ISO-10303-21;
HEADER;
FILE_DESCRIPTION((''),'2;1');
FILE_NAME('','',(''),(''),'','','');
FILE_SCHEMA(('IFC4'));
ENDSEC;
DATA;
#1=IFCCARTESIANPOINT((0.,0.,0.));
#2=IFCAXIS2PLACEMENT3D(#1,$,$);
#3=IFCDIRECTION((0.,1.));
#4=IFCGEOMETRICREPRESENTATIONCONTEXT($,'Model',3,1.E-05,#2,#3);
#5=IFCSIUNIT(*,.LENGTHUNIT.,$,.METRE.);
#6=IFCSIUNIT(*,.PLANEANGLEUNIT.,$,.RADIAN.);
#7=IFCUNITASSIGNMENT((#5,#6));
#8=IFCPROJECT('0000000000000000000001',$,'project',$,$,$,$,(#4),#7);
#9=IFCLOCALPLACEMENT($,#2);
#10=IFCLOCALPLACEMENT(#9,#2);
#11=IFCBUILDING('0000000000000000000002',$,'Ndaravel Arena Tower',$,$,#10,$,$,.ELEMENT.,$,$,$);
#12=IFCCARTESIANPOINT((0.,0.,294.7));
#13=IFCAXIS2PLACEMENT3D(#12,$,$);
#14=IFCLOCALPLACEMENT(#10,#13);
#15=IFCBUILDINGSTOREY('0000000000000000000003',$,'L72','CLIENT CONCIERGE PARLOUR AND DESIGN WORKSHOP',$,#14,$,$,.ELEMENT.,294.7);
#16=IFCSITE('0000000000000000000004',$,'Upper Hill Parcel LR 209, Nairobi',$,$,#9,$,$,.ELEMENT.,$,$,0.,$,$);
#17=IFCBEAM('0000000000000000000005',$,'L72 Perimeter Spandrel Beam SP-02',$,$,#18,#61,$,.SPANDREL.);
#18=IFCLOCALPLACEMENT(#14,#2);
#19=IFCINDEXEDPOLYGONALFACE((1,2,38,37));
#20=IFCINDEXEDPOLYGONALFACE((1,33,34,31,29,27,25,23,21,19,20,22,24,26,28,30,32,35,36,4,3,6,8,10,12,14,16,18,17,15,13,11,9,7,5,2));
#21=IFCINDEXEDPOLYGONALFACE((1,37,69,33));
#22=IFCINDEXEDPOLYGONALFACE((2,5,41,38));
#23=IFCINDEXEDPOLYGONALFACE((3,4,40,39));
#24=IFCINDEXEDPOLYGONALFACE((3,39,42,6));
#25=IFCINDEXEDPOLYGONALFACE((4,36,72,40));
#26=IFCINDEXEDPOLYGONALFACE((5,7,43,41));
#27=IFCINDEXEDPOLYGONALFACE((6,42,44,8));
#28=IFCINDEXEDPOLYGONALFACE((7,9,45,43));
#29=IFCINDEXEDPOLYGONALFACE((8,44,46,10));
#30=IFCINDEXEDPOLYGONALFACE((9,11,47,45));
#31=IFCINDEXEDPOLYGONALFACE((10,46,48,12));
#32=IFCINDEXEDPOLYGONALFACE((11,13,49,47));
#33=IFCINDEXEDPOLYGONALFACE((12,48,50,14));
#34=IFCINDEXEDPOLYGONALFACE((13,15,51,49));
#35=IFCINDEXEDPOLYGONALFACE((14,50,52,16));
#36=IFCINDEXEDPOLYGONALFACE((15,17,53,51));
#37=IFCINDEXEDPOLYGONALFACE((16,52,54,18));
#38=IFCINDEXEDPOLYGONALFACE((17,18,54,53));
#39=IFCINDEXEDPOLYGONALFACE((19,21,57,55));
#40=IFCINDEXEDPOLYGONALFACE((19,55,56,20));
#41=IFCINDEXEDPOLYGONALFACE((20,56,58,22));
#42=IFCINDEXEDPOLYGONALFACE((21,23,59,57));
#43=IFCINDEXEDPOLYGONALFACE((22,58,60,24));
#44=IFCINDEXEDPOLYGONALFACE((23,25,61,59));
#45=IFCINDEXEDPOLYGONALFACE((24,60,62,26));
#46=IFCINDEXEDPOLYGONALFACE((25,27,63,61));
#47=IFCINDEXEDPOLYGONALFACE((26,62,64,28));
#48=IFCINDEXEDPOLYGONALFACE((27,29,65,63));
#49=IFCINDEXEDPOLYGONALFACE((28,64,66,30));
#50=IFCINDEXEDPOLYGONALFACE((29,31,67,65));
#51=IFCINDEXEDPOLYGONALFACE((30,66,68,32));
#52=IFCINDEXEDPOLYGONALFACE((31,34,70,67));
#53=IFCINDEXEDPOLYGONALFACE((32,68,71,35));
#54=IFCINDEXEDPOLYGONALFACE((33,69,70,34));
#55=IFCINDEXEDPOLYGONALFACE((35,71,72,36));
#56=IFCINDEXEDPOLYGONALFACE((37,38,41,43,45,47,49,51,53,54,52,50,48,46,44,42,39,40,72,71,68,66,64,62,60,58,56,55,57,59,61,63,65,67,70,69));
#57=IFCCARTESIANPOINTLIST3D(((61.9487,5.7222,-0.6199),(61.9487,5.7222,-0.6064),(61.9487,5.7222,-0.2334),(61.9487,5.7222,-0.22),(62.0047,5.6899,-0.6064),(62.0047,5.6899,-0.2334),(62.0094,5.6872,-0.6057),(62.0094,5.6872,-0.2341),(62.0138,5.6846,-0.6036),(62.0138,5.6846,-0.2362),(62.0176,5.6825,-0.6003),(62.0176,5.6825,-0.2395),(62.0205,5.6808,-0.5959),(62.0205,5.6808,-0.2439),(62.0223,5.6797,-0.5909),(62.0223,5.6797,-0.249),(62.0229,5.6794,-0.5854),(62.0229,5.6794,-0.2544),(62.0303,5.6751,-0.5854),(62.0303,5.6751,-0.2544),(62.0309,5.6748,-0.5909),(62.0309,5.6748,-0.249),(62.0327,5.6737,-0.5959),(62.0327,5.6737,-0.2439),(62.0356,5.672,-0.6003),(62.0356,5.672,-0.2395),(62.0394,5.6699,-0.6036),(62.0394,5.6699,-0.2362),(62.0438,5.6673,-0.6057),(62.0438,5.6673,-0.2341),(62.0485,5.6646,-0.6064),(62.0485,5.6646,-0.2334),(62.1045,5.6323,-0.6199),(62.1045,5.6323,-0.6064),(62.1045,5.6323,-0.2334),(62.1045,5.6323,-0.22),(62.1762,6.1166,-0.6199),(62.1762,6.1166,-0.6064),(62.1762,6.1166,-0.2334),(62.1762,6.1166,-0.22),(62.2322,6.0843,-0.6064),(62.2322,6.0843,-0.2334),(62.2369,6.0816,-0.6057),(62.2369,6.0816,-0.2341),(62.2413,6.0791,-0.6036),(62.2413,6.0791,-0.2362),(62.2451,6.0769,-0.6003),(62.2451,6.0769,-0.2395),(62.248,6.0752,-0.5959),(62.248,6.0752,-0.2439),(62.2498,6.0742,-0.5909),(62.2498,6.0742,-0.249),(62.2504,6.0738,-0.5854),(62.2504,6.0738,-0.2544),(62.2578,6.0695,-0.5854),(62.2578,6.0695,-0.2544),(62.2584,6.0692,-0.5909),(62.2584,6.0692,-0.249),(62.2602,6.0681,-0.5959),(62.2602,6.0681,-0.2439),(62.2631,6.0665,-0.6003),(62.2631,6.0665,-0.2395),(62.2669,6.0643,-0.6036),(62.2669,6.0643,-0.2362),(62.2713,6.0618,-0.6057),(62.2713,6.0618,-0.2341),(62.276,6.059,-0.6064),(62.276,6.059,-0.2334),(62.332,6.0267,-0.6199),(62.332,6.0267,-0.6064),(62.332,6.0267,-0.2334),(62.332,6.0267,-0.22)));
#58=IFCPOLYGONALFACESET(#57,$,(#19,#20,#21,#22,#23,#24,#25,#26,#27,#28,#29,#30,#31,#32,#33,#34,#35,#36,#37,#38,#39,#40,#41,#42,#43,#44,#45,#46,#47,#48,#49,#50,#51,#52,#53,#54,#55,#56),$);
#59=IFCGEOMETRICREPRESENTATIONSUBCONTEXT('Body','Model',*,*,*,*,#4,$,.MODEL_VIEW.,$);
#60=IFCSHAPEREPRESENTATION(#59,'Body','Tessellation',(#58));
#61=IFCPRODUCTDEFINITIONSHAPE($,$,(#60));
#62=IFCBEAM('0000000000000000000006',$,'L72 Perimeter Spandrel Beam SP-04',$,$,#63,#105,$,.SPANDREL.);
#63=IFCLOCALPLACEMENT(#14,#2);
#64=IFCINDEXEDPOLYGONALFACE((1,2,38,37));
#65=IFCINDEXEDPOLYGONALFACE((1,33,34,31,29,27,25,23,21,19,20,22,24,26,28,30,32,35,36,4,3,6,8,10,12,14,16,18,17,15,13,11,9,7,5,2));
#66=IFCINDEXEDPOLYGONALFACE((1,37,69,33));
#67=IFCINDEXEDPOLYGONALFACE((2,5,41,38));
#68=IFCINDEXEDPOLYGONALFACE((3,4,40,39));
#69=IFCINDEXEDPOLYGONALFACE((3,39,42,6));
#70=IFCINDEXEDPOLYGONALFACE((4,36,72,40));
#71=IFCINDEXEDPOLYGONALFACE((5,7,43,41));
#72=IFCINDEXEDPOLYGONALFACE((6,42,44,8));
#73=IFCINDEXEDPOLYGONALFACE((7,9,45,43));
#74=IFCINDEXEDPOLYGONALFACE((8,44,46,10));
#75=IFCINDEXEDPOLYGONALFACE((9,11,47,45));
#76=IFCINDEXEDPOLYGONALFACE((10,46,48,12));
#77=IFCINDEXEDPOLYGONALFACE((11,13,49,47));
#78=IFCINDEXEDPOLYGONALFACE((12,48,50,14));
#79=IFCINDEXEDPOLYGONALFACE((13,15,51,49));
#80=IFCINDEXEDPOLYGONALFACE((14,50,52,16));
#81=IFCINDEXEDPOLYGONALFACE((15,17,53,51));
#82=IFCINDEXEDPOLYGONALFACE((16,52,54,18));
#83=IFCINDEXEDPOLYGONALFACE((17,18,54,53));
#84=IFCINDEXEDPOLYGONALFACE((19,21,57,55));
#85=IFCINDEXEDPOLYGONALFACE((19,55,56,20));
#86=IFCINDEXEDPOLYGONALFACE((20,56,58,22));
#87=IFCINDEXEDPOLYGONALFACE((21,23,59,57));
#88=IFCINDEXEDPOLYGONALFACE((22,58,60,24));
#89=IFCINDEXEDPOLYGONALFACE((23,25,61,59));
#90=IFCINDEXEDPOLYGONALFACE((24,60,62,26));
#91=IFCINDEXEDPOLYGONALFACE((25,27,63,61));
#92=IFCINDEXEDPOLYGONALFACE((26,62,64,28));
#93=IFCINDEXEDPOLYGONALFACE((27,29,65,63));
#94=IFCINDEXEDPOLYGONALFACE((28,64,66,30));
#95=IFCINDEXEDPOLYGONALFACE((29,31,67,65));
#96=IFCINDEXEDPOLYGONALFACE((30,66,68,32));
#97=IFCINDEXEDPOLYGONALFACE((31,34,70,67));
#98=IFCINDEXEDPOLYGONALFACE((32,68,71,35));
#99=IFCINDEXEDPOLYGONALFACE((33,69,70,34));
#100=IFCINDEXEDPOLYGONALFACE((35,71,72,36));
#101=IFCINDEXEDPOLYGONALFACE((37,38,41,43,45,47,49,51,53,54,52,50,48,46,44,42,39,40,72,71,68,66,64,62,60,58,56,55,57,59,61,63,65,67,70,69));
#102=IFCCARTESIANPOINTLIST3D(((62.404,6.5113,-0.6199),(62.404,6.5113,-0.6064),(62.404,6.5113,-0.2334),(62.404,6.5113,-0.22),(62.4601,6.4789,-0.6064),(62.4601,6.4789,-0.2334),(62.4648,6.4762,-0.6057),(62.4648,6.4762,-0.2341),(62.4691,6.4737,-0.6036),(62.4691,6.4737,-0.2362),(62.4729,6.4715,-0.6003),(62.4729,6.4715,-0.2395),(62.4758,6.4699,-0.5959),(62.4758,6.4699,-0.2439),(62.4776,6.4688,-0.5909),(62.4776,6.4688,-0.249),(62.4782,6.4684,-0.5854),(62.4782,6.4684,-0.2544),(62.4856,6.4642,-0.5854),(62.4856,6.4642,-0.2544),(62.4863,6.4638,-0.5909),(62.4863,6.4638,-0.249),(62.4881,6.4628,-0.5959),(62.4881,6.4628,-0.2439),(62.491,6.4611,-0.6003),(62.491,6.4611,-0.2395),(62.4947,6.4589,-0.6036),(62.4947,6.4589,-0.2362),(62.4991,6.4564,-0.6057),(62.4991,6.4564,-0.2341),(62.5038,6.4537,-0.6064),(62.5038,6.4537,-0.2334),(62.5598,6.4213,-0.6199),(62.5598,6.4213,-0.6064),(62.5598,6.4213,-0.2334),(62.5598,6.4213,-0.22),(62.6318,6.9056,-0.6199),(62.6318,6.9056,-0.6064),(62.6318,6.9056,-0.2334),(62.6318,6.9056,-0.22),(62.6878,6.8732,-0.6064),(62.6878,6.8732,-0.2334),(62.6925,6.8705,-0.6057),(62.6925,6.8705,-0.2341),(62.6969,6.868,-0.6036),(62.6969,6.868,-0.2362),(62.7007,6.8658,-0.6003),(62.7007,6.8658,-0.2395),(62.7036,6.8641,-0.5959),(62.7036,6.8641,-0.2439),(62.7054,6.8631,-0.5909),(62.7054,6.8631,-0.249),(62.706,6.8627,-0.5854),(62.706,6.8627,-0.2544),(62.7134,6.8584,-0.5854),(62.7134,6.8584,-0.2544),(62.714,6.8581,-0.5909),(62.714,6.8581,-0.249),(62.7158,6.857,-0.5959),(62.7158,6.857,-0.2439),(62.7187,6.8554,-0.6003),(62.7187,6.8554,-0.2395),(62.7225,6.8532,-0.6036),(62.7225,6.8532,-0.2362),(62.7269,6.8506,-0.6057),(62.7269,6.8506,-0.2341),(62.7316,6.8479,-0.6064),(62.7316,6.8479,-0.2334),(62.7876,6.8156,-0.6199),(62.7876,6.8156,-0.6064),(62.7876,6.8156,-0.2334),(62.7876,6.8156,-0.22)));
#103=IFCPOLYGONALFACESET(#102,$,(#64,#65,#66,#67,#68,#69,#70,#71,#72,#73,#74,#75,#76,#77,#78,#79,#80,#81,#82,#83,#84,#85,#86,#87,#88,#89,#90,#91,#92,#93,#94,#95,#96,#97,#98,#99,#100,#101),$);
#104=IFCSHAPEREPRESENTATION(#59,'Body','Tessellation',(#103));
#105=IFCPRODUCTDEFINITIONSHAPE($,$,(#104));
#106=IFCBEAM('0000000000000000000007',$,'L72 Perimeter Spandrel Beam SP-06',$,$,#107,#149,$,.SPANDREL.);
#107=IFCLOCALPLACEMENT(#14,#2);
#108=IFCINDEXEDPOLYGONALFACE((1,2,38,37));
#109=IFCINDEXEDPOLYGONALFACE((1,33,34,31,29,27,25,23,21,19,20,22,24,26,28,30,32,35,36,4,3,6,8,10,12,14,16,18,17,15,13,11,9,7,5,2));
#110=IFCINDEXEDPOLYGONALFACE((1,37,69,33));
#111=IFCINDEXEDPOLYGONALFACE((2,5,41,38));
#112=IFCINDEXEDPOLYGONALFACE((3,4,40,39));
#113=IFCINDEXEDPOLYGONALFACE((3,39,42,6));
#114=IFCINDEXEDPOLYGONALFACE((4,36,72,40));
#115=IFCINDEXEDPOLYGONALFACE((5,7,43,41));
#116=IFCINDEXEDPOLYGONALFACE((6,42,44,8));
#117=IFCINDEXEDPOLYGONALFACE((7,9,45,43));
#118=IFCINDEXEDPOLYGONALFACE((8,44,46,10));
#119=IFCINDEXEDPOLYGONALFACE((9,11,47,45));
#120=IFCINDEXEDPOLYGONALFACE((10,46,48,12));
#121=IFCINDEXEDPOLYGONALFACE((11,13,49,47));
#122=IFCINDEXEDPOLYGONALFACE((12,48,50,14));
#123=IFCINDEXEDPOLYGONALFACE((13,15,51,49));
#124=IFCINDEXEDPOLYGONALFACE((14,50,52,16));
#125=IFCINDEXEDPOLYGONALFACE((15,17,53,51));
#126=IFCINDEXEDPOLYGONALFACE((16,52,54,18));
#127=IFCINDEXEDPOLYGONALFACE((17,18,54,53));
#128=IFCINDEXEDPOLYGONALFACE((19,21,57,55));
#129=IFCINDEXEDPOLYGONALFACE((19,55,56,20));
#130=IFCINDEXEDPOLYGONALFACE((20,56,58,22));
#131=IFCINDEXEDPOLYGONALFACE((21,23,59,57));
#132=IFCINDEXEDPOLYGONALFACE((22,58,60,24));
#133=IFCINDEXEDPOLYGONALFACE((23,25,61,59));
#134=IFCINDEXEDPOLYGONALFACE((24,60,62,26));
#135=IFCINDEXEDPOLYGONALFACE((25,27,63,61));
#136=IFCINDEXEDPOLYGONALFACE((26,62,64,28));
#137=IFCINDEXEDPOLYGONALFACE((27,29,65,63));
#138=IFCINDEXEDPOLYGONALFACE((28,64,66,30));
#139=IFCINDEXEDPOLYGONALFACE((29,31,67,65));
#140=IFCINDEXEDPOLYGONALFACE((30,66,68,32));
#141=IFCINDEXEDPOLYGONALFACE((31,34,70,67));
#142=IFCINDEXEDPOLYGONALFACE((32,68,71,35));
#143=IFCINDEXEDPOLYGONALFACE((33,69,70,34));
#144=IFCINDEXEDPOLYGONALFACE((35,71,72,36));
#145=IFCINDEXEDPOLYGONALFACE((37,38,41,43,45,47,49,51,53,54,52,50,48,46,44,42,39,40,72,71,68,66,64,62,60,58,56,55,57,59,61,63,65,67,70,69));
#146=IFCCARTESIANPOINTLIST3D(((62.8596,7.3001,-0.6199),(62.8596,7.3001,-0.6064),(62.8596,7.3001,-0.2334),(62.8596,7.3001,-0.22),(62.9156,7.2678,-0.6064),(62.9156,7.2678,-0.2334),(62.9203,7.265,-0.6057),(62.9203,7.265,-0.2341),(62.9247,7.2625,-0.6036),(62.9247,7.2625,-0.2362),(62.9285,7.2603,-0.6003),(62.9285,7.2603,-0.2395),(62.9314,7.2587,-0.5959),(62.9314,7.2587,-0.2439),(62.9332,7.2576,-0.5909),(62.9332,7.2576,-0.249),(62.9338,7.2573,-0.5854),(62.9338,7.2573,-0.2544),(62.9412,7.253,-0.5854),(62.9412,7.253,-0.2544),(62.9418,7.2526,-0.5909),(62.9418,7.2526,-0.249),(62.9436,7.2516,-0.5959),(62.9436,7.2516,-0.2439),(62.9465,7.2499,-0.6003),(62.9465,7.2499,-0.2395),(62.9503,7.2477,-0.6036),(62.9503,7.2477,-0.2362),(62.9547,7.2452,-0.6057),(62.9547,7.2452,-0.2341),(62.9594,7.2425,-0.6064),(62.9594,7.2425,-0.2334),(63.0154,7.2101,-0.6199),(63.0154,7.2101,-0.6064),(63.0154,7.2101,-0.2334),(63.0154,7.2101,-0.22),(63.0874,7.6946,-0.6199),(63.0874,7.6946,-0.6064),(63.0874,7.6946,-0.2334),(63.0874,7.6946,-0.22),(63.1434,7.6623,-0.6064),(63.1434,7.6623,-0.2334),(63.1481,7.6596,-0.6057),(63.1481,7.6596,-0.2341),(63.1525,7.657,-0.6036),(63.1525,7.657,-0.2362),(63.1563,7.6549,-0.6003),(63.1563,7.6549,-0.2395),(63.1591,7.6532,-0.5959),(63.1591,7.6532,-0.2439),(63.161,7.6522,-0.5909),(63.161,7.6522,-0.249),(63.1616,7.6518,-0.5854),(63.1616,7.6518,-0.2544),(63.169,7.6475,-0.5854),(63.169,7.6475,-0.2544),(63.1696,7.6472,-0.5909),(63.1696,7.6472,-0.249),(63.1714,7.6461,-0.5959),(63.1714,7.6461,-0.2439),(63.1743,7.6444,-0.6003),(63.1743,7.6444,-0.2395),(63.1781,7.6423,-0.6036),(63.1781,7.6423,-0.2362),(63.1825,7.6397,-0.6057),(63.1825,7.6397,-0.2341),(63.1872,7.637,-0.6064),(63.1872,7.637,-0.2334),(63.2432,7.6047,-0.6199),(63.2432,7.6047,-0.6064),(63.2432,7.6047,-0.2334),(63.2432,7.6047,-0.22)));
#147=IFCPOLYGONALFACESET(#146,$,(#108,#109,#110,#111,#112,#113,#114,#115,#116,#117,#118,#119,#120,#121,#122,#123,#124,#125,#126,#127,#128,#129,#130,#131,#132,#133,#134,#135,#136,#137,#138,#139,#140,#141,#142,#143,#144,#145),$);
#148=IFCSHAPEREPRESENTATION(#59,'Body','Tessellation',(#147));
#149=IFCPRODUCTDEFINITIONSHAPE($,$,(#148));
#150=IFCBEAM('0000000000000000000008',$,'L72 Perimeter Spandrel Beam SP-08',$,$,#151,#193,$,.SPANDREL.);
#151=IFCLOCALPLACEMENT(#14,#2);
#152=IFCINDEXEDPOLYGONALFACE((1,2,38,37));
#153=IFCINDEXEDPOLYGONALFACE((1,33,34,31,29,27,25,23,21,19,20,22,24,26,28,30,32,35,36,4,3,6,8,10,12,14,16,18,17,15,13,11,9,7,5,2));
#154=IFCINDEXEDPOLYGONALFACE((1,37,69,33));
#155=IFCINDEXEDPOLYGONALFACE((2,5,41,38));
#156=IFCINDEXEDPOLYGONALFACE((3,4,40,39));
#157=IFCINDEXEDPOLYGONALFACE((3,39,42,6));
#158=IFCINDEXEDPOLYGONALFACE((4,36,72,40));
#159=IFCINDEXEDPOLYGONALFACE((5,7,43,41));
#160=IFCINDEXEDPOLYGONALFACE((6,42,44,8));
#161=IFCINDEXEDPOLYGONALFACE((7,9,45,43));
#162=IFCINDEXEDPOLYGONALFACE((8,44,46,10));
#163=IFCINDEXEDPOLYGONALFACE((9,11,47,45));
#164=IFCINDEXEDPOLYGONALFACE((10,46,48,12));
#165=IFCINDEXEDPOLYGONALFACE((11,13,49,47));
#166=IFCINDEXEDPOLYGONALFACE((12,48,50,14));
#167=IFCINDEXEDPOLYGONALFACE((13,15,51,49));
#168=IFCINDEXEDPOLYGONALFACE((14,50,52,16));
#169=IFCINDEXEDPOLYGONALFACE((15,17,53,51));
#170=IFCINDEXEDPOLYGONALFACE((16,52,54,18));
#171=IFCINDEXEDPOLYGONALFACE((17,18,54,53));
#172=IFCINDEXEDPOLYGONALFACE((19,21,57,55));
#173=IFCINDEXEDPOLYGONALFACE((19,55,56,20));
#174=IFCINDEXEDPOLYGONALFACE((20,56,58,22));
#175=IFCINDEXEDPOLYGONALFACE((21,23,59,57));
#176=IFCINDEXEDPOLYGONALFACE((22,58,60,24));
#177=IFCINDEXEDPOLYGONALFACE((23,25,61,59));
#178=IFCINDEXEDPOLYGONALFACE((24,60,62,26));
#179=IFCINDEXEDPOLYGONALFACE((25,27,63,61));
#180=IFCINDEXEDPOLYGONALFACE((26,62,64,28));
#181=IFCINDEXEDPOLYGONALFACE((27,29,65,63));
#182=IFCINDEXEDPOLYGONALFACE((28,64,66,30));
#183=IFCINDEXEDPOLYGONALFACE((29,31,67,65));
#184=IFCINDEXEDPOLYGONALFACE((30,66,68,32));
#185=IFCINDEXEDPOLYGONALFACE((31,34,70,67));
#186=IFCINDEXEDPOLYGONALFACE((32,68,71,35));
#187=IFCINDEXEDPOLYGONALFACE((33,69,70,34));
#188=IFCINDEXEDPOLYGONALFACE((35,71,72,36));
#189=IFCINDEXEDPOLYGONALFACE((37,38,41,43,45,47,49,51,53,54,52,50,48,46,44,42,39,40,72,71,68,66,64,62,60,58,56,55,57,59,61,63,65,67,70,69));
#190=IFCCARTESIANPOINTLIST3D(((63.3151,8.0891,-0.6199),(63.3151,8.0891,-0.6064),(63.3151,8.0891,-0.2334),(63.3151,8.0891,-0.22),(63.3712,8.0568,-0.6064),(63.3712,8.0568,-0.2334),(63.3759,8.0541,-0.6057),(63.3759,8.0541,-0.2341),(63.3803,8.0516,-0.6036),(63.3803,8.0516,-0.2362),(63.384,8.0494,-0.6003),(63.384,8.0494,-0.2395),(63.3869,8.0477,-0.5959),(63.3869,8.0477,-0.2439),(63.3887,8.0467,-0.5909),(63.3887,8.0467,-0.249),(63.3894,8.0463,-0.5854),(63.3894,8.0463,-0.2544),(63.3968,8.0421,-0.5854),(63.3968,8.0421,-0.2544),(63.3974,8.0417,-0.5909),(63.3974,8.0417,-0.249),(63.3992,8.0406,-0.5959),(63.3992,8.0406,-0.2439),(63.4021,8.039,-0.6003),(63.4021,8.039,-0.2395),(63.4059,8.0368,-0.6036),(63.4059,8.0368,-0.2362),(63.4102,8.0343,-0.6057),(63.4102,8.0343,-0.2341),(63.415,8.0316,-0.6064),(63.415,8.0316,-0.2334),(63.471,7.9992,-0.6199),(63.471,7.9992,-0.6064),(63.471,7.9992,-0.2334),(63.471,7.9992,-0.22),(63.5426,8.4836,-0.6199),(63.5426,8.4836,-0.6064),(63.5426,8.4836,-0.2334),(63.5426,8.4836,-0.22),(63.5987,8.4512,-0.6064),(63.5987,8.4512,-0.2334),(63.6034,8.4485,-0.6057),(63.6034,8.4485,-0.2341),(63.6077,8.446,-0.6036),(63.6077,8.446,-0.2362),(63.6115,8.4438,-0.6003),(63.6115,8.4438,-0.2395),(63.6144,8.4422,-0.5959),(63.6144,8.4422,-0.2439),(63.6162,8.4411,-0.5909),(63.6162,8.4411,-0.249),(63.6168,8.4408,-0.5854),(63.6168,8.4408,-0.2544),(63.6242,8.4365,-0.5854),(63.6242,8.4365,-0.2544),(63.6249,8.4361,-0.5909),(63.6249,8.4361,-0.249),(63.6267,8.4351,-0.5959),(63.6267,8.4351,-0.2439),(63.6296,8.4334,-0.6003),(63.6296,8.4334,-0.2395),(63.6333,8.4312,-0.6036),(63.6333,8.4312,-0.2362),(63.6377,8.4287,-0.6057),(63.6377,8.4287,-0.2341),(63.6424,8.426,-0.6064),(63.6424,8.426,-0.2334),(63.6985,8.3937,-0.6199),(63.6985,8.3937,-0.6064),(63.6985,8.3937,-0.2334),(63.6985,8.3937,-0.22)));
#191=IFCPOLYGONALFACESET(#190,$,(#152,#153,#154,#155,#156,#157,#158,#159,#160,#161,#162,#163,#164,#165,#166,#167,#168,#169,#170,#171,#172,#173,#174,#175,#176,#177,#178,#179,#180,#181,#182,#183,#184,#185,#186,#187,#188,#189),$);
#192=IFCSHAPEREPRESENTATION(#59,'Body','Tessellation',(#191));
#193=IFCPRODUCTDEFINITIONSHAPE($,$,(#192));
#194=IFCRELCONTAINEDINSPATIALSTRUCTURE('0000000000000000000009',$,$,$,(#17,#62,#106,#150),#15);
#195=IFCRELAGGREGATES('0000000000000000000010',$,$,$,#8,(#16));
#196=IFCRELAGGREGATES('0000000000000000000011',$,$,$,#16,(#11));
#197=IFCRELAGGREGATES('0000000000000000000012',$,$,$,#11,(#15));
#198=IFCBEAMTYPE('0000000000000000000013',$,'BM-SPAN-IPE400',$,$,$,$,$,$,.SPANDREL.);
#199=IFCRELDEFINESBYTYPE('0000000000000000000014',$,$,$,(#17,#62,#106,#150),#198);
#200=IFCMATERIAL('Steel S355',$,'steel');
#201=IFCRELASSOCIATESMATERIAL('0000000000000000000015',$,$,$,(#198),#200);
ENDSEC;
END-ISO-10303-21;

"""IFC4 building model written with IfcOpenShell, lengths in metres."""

from ifc_helpers import new_model, si_unit, direction, frame, origin, origin_2d, place, context, subcontext, project, spatial, i_section, extrude, material, material_profile, profile_set, type_object, element, save


model = new_model("IFC4")

# Units and contexts
model_context = context("Model", 3, precision=1e-05, world=origin(), true_north=direction((0.0, 1.0)))
body_context = subcontext(model_context, "Body", "Model", "MODEL_VIEW")
ifc_project = project(units=[si_unit("LENGTHUNIT", "METRE"), si_unit("PLANEANGLEUNIT", "RADIAN")], contexts=[model_context])

# Site, building, storey
site_placement = place(None, origin())
site = spatial("IfcSite", under=ifc_project, at=site_placement, Name="Upper Hill Parcel LR 209, Nairobi", CompositionType="ELEMENT", RefElevation=0.0)
building_placement = place(site_placement, origin())
building = spatial("IfcBuilding", under=site, at=building_placement, Name="Ndaravel Arena Tower", CompositionType="ELEMENT")
storey_placement = place(building_placement, frame((0.0, 0.0, 294.7)))
storey = spatial("IfcBuildingStorey", under=building, at=storey_placement, Name="L72", Description="CLIENT CONCIERGE PARLOUR AND DESIGN WORKSHOP", CompositionType="ELEMENT", Elevation=294.7)

# Beams
ifc_material_1 = material(Name="Steel S355", Category="steel")
ifc_material_profile_1 = material_profile(ifc_material_1, i_section(OverallWidth=0.1799, OverallDepth=0.3999, WebThickness=0.0085, FlangeThickness=0.0134, FilletRadius=0.021, at=origin_2d()), Name="IPE 400")
ifc_profile_set_1 = profile_set([ifc_material_profile_1], Name="Steel S355")
beam_type = type_object("IfcBeamType", Name="BM-SPAN-IPE400", PredefinedType="SPANDREL", material=ifc_profile_set_1)
for number, where, z_axis, x_axis, name in (
    (1, (62.0266, 5.6772, -0.4199), (0.499599, 0.866257, 0.0), (-0.866257, 0.499599, 0.0), "L72 Perimeter Spandrel Beam SP-02"),
    (2, (62.4819, 6.4663, -0.4199), (0.500233, 0.865891, 0.0), (-0.865891, 0.500233, 0.0), "L72 Perimeter Spandrel Beam SP-04"),
):
    element("IfcBeam", number, at=place(storey_placement, frame(where, z_axis=z_axis, x_axis=x_axis)), inside=storey, type_object=beam_type, Name=name, PredefinedType="SPANDREL", context=body_context, shape_type="SweptSolid", body=[
        extrude(i_section(OverallWidth=0.1799, OverallDepth=0.3999, WebThickness=0.0085, FlangeThickness=0.0134, FilletRadius=0.021, at=origin_2d()), origin(), (0.0, 0.0, 1.0), 0.4553),
    ])
beam_1_placement = place(storey_placement, frame((62.9375, 7.2551, -0.4199), z_axis=(0.500001, 0.866025, 0.0), x_axis=(-0.866025, 0.500001, 0.0)))
element("IfcBeam", 3, at=beam_1_placement, inside=storey, type_object=beam_type, Name="L72 Perimeter Spandrel Beam SP-06", PredefinedType="SPANDREL", context=body_context, shape_type="SweptSolid", body=[
    extrude(i_section(OverallWidth=0.1799, OverallDepth=0.3999, WebThickness=0.0085, FlangeThickness=0.0134, FilletRadius=0.021, at=origin_2d()), origin(), (0.0, 0.0, 1.0), 0.4556),
])
beam_2_placement = place(storey_placement, frame((63.3931, 8.0442, -0.4199), z_axis=(0.499599, 0.866257, 0.0), x_axis=(-0.866257, 0.499599, 0.0)))
element("IfcBeam", 4, at=beam_2_placement, inside=storey, type_object=beam_type, Name="L72 Perimeter Spandrel Beam SP-08", PredefinedType="SPANDREL", context=body_context, shape_type="SweptSolid", body=[
    extrude(i_section(OverallWidth=0.1799, OverallDepth=0.3999, WebThickness=0.0085, FlangeThickness=0.0134, FilletRadius=0.021, at=origin_2d()), origin(), (0.0, 0.0, 1.0), 0.4553),
])

save(model, "model.ifc")
